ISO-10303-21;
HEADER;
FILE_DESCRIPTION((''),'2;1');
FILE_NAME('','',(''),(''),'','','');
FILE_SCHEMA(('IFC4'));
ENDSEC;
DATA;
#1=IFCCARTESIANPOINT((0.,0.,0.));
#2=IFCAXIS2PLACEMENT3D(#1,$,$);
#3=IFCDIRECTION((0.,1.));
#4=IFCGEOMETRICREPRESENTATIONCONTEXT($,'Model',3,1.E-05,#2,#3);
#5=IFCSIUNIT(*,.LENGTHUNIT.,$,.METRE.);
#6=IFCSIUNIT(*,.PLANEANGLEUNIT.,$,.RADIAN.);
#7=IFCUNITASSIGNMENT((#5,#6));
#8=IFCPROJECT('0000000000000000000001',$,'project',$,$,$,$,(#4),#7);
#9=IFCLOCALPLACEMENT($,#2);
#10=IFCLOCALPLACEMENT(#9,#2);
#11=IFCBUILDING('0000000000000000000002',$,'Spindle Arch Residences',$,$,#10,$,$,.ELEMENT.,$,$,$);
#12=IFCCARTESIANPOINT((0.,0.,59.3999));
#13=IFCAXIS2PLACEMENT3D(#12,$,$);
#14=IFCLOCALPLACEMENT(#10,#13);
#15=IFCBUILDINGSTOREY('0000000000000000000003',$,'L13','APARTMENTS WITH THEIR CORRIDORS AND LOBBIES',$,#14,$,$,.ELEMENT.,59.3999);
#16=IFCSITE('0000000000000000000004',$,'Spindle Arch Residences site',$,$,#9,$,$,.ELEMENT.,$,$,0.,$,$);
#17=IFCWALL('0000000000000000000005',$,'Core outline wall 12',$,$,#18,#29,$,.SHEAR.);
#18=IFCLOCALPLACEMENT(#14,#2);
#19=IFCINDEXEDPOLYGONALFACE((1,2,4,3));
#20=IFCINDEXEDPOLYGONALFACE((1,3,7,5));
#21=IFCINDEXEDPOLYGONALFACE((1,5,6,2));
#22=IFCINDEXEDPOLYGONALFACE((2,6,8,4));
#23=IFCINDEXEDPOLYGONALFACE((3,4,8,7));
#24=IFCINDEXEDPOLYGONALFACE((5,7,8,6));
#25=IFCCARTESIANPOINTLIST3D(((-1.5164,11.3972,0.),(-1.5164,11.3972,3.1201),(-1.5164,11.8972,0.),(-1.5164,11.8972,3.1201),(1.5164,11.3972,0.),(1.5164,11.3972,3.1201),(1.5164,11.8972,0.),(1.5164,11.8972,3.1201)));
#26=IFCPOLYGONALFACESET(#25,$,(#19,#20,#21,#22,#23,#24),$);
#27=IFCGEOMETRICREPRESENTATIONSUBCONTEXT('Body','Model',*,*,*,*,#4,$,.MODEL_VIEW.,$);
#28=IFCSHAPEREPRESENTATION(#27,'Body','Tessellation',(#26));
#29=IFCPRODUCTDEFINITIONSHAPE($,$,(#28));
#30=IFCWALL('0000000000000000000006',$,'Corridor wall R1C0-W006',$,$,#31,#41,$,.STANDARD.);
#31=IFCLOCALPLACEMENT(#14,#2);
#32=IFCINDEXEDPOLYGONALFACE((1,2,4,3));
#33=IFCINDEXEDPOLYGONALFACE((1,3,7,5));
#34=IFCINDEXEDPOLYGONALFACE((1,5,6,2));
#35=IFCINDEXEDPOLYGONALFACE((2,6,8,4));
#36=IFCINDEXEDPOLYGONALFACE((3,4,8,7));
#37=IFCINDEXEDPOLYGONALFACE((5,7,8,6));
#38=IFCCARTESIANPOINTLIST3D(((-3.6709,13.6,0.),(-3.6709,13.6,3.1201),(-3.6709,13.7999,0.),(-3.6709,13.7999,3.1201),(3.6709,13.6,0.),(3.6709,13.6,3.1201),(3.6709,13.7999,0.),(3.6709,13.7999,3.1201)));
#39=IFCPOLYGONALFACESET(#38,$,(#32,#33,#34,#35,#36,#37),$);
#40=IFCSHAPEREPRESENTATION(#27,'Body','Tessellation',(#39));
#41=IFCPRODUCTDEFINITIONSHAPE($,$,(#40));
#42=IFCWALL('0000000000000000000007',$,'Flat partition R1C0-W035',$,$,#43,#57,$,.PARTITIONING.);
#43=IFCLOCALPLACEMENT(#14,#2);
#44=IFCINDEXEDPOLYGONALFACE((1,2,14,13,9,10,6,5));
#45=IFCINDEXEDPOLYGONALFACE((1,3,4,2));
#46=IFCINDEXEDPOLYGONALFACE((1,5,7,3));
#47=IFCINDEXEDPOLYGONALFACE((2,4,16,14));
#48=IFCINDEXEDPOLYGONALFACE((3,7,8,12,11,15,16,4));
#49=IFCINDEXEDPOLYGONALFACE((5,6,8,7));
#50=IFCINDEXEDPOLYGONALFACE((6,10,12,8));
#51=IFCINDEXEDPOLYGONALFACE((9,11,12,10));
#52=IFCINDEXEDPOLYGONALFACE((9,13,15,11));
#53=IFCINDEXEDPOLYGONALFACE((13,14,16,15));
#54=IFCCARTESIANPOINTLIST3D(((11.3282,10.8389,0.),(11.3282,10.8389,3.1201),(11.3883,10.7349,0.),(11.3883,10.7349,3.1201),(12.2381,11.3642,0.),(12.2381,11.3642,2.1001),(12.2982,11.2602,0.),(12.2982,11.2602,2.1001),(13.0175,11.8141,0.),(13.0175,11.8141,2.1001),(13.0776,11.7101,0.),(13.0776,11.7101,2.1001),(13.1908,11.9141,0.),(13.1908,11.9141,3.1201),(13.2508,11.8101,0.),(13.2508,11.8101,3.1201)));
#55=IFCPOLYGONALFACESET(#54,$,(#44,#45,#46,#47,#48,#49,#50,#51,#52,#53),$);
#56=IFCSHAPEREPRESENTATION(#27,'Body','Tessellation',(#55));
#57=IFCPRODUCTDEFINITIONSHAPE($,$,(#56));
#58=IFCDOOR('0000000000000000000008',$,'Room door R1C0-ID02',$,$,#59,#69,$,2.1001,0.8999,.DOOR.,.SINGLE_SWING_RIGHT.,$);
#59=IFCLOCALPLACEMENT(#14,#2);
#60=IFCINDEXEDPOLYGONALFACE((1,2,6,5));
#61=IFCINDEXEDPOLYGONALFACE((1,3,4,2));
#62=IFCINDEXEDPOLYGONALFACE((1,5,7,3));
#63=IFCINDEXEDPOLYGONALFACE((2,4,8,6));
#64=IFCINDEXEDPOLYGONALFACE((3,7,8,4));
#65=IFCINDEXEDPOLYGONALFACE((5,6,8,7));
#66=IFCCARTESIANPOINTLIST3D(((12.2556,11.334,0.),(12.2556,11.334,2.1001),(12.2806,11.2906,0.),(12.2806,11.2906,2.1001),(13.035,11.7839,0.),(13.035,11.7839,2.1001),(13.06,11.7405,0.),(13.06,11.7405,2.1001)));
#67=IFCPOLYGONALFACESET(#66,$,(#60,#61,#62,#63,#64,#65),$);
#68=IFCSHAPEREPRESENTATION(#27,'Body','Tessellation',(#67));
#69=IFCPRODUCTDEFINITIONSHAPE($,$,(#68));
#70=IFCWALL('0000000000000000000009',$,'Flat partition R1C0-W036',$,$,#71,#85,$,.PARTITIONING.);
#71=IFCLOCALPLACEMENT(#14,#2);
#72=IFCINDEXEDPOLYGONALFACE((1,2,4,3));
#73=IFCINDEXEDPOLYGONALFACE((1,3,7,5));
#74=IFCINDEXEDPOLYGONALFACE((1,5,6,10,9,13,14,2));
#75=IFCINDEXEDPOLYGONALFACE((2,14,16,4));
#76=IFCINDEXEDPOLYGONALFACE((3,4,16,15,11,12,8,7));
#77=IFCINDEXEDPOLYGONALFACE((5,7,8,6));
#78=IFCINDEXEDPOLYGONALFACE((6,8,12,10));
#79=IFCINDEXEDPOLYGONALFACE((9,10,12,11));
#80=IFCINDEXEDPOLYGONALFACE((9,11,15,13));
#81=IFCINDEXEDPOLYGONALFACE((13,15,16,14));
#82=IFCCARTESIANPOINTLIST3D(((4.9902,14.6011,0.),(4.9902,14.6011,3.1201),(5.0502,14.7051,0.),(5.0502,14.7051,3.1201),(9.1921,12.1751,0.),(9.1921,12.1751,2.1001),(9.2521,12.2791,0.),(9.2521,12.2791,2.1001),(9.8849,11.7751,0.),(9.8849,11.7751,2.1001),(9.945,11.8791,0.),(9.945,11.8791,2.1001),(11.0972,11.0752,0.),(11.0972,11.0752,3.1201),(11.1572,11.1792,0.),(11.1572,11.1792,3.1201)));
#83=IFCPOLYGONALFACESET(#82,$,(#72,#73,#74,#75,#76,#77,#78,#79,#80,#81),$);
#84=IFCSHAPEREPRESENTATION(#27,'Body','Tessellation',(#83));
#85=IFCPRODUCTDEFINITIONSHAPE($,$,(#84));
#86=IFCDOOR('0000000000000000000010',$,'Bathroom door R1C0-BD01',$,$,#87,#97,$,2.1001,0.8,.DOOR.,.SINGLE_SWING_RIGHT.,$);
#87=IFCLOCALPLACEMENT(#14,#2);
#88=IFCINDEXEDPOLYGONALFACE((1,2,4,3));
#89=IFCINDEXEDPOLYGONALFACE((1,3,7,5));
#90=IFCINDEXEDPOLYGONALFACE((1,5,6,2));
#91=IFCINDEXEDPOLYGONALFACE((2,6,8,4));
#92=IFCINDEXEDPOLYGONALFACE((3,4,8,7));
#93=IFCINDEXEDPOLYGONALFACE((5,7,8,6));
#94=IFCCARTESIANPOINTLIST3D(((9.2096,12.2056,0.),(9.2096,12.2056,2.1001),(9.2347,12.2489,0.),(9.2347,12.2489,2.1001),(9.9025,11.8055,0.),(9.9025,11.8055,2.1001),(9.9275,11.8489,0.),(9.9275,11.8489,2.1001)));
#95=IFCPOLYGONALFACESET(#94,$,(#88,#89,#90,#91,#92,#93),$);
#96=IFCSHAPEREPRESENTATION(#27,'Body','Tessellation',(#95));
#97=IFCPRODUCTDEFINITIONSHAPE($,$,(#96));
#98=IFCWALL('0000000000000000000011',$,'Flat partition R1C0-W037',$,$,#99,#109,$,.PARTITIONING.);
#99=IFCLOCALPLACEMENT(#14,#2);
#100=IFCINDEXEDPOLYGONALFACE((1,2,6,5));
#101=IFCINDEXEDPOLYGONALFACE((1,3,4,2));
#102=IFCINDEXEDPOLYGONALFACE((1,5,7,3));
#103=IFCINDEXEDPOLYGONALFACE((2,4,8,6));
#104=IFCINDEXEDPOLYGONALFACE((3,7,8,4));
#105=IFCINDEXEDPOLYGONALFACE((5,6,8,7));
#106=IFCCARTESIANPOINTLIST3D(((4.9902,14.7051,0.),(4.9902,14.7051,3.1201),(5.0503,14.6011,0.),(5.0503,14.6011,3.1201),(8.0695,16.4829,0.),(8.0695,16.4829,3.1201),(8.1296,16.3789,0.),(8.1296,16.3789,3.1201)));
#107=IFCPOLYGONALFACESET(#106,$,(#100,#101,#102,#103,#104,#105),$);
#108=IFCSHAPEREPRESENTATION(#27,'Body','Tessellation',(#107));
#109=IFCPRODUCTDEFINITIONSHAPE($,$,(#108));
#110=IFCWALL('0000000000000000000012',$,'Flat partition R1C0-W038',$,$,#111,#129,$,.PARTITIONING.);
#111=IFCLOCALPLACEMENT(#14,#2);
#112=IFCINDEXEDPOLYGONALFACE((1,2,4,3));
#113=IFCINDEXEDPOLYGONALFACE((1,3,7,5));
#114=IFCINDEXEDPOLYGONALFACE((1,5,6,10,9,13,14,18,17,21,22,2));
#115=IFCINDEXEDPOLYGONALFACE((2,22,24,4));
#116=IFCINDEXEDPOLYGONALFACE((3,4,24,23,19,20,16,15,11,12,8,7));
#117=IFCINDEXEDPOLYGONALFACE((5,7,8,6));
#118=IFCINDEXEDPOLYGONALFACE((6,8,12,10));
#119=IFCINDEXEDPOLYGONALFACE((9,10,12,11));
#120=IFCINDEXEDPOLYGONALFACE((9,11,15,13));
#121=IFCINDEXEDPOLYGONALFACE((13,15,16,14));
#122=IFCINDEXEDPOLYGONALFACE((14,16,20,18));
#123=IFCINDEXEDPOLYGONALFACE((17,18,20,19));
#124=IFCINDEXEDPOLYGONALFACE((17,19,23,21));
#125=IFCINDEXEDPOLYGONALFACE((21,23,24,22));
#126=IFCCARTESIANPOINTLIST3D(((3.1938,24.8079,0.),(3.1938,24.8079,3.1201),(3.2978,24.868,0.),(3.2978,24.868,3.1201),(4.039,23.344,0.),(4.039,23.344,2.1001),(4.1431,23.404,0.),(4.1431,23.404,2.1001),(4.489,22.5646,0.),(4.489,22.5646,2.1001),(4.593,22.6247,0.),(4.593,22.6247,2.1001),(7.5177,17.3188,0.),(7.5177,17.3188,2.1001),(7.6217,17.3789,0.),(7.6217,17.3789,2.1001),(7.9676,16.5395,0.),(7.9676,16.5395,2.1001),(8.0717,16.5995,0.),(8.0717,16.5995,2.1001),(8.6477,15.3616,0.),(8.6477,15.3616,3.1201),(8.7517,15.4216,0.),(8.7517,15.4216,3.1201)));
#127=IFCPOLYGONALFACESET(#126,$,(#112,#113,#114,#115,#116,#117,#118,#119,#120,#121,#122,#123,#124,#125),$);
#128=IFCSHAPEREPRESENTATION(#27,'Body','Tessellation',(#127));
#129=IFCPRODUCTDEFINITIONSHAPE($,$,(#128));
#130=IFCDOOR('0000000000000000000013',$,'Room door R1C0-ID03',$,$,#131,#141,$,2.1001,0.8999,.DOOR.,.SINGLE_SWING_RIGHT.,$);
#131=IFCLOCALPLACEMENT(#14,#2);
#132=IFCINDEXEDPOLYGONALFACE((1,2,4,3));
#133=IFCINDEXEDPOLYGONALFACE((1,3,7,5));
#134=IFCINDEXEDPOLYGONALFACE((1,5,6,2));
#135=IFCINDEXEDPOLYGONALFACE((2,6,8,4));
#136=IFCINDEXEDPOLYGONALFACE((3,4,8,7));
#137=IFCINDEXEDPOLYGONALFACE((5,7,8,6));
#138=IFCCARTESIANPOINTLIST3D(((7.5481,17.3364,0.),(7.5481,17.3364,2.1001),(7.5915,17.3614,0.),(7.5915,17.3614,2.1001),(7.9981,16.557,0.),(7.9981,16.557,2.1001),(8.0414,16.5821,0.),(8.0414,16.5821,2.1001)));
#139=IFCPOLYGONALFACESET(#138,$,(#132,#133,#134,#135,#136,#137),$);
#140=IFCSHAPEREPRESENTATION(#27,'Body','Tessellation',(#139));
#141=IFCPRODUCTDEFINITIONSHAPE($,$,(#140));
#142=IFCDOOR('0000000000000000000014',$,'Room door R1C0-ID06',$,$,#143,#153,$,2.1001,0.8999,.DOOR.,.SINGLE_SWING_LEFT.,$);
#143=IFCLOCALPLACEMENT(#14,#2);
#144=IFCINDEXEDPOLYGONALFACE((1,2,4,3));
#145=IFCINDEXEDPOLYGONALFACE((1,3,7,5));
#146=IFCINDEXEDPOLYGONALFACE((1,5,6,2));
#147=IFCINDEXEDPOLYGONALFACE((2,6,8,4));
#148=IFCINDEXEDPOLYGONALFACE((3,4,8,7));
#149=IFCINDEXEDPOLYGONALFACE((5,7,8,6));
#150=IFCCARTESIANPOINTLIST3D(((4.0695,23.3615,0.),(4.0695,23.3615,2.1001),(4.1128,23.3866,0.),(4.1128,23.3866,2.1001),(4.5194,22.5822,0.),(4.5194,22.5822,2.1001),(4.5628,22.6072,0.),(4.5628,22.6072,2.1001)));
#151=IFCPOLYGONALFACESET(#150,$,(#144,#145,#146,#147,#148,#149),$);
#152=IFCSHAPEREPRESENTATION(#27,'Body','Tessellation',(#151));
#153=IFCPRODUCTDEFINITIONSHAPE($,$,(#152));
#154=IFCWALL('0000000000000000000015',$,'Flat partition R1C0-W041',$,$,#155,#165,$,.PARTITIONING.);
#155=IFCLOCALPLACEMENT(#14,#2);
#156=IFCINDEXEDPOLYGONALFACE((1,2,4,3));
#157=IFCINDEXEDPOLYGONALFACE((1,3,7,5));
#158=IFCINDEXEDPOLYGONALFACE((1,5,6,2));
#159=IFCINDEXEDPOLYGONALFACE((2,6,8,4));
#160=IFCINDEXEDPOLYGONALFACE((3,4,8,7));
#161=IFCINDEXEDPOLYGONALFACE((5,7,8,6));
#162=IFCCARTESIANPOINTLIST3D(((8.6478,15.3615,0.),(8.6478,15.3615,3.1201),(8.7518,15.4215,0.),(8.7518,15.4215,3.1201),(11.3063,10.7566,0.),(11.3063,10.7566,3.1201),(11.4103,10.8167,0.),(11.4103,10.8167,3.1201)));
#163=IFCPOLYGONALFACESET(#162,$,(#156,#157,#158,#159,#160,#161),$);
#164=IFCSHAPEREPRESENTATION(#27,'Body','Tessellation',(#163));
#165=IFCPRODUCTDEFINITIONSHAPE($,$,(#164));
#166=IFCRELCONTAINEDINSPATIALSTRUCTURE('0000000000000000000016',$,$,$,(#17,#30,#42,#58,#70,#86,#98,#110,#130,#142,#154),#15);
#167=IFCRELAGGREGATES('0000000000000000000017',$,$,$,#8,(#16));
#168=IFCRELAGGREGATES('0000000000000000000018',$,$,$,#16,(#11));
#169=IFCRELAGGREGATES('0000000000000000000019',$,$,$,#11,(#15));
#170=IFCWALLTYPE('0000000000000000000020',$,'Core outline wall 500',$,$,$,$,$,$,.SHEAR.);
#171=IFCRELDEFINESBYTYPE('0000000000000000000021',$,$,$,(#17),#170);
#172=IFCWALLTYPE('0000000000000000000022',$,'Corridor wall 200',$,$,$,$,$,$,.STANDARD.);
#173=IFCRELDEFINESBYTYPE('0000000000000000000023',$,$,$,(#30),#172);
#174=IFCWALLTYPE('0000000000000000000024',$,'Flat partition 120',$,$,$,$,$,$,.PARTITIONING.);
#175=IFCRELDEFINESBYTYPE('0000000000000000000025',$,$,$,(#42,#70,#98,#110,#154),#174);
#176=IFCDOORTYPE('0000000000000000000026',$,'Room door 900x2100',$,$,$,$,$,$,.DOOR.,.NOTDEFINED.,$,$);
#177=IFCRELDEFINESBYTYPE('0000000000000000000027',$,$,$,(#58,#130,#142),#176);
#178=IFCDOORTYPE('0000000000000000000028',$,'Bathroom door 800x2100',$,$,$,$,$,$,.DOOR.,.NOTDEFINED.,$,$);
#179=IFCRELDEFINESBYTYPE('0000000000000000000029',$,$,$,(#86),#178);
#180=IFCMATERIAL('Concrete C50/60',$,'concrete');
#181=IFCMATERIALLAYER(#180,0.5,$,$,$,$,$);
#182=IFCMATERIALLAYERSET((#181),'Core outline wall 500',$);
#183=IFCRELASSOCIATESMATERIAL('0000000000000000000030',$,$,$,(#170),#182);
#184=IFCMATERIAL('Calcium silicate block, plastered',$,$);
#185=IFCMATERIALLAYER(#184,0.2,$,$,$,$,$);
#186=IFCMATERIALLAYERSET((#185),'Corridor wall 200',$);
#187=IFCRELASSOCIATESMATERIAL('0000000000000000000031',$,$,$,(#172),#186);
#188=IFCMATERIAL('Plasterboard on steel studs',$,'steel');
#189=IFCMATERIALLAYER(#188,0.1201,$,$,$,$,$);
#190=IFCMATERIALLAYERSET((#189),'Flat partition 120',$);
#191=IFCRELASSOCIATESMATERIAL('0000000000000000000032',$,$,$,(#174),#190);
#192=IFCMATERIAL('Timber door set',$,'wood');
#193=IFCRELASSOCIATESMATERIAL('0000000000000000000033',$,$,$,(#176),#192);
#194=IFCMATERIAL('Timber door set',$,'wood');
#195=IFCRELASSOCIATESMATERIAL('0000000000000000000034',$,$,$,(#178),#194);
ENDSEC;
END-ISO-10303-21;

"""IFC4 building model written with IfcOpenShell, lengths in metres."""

from ifc_helpers import new_model, si_unit, direction, frame, frame_2d, origin, place, context, subcontext, project, spatial, rectangle, extrude, material, layer, layer_set, type_object, element, fill, save


model = new_model("IFC4")

# Units and contexts
model_context = context("Model", 3, precision=1e-05, world=origin(), true_north=direction((0.0, 1.0)))
body_context = subcontext(model_context, "Body", "Model", "MODEL_VIEW")
ifc_project = project(units=[si_unit("LENGTHUNIT", "METRE"), si_unit("PLANEANGLEUNIT", "RADIAN")], contexts=[model_context])

# Site, building, storey
site_placement = place(None, origin())
site = spatial("IfcSite", under=ifc_project, at=site_placement, Name="Spindle Arch Residences site", CompositionType="ELEMENT", RefElevation=0.0)
building_placement = place(site_placement, origin())
building = spatial("IfcBuilding", under=site, at=building_placement, Name="Spindle Arch Residences", CompositionType="ELEMENT")
storey_placement = place(building_placement, frame((0.0, 0.0, 59.3999)))
storey = spatial("IfcBuildingStorey", under=building, at=storey_placement, Name="L13", Description="APARTMENTS WITH THEIR CORRIDORS AND LOBBIES", CompositionType="ELEMENT", Elevation=59.3999)

# Walls
ifc_material_1 = material(Name="Concrete C50/60", Category="concrete")
ifc_layer_1 = layer(ifc_material_1, 0.5)
ifc_layer_set_1 = layer_set([ifc_layer_1], Name="Core outline wall 500")
wall_type_1 = type_object("IfcWallType", Name="Core outline wall 500", PredefinedType="SHEAR", material=ifc_layer_set_1)
wall_1_placement = place(storey_placement, frame((1.5164, 11.6472, 0.0), z_axis=(0.0, 0.0, 1.0), x_axis=(-1.0, 0.0, 0.0)))
element("IfcWall", 1, at=wall_1_placement, inside=storey, type_object=wall_type_1, Name="Core outline wall 12", PredefinedType="SHEAR", context=body_context, shape_type="SweptSolid", body=[
    extrude(rectangle(XDim=3.0327, YDim=0.5, at=frame_2d((1.5164, 0.0))), origin(), (0.0, 0.0, 1.0), 3.1201),
])
ifc_material_2 = material(Name="Calcium silicate block, plastered")
ifc_layer_2 = layer(ifc_material_2, 0.2)
ifc_layer_set_2 = layer_set([ifc_layer_2], Name="Corridor wall 200")
wall_type_2 = type_object("IfcWallType", Name="Corridor wall 200", PredefinedType="STANDARD", material=ifc_layer_set_2)
wall_2_placement = place(storey_placement, frame((3.6709, 13.7, 0.0), z_axis=(0.0, 0.0, 1.0), x_axis=(-1.0, 0.0, 0.0)))
element("IfcWall", 2, at=wall_2_placement, inside=storey, type_object=wall_type_2, Name="Corridor wall R1C0-W006", PredefinedType="STANDARD", context=body_context, shape_type="SweptSolid", body=[
    extrude(rectangle(XDim=7.3418, YDim=0.2, at=frame_2d((3.6709, 0.0))), origin(), (0.0, 0.0, 1.0), 3.1201),
])

# Walls, openings, doors
ifc_material_3 = material(Name="Plasterboard on steel studs", Category="steel")
ifc_layer_3 = layer(ifc_material_3, 0.1201)
ifc_layer_set_3 = layer_set([ifc_layer_3], Name="Flat partition 120")
wall_type_3 = type_object("IfcWallType", Name="Flat partition 120", PredefinedType="PARTITIONING", material=ifc_layer_set_3)
wall_3_placement = place(storey_placement, frame((13.2207, 11.8621, 0.0), z_axis=(0.0, 0.0, 1.0), x_axis=(-0.866055, -0.499948, 0.0)))
wall_3 = element("IfcWall", 3, at=wall_3_placement, inside=storey, type_object=wall_type_3, Name="Flat partition R1C0-W035", PredefinedType="PARTITIONING", context=body_context, shape_type="SweptSolid", body=[
    extrude(rectangle(XDim=2.1506, YDim=0.1201, at=frame_2d((1.0752, 0.0))), origin(), (0.0, 0.0, 1.0), 3.1201),
])
opening_1_placement = place(wall_3_placement, frame((0.2, 0.0, 0.0)))
opening_1 = element("IfcOpeningElement", 4, at=opening_1_placement, cuts=wall_3, PredefinedType="OPENING", context=body_context, shape_type="SweptSolid", body=[
    extrude(rectangle(XDim=0.8999, YDim=2.1001, at=frame_2d((0.45, 1.05))), frame((0.0, 0.0701, 0.0), z_axis=(0.0, -1.0, 0.0), x_axis=(1.0, 0.0, 0.0)), (0.0, 0.0, 1.0), 0.1401),
])
ifc_material_4 = material(Name="Timber door set", Category="wood")
door_type_1 = type_object("IfcDoorType", Name="Room door 900x2100", OperationType="NOTDEFINED", PredefinedType="DOOR", material=ifc_material_4)
door_1_placement = place(opening_1_placement, origin())
door_1 = element("IfcDoor", 5, at=door_1_placement, inside=storey, type_object=door_type_1, Name="Room door R1C0-ID02", OperationType="SINGLE_SWING_RIGHT", OverallHeight=2.1001, OverallWidth=0.8999, PredefinedType="DOOR", context=body_context, shape_type="SweptSolid", body=[
    extrude(rectangle(XDim=0.8999, YDim=2.1001, at=frame_2d((0.45, 1.05))), frame((0.0, 0.0249, 0.0), z_axis=(0.0, -1.0, 0.0), x_axis=(1.0, 0.0, 0.0)), (0.0, 0.0, 1.0), 0.05),
])
fill(opening_1, door_1)
wall_4_placement = place(storey_placement, frame((11.1272, 11.1272, 0.0), z_axis=(0.0, 0.0, 1.0), x_axis=(-0.866023, 0.500004, 0.0)))
wall_4 = element("IfcWall", 6, at=wall_4_placement, inside=storey, type_object=wall_type_3, Name="Flat partition R1C0-W036", PredefinedType="PARTITIONING", context=body_context, shape_type="SweptSolid", body=[
    extrude(rectangle(XDim=7.0518, YDim=0.1201, at=frame_2d((3.5259, 0.0))), origin(), (0.0, 0.0, 1.0), 3.1201),
])
opening_2_placement = place(wall_4_placement, frame((1.3999, 0.0, 0.0)))
opening_2 = element("IfcOpeningElement", 7, at=opening_2_placement, cuts=wall_4, PredefinedType="OPENING", context=body_context, shape_type="SweptSolid", body=[
    extrude(rectangle(XDim=0.8, YDim=2.1001, at=frame_2d((0.3999, 1.05))), frame((0.0, 0.0701, 0.0), z_axis=(0.0, -1.0, 0.0), x_axis=(1.0, 0.0, 0.0)), (0.0, 0.0, 1.0), 0.1401),
])
ifc_material_5 = material(Name="Timber door set", Category="wood")
door_type_2 = type_object("IfcDoorType", Name="Bathroom door 800x2100", OperationType="NOTDEFINED", PredefinedType="DOOR", material=ifc_material_5)
door_2_placement = place(opening_2_placement, origin())
door_2 = element("IfcDoor", 8, at=door_2_placement, inside=storey, type_object=door_type_2, Name="Bathroom door R1C0-BD01", OperationType="SINGLE_SWING_RIGHT", OverallHeight=2.1001, OverallWidth=0.8, PredefinedType="DOOR", context=body_context, shape_type="SweptSolid", body=[
    extrude(rectangle(XDim=0.8, YDim=2.1001, at=frame_2d((0.3999, 1.05))), frame((0.0, 0.0249, 0.0), z_axis=(0.0, -1.0, 0.0), x_axis=(1.0, 0.0, 0.0)), (0.0, 0.0, 1.0), 0.05),
])
fill(opening_2, door_2)

# Wall
wall_5_placement = place(storey_placement, frame((5.0203, 14.6531, 0.0), z_axis=(0.0, 0.0, 1.0), x_axis=(0.866029, 0.499994, 0.0)))
element("IfcWall", 9, at=wall_5_placement, inside=storey, type_object=wall_type_3, Name="Flat partition R1C0-W037", PredefinedType="PARTITIONING", context=body_context, shape_type="SweptSolid", body=[
    extrude(rectangle(XDim=3.5557, YDim=0.1201, at=frame_2d((1.7778, 0.0))), origin(), (0.0, 0.0, 1.0), 3.1201),
])

# Wall, openings, doors
wall_6_placement = place(storey_placement, frame((8.6997, 15.3916, 0.0), z_axis=(0.0, 0.0, 1.0), x_axis=(-0.500003, 0.866024, 0.0)))
wall_6 = element("IfcWall", 10, at=wall_6_placement, inside=storey, type_object=wall_type_3, Name="Flat partition R1C0-W038", PredefinedType="PARTITIONING", context=body_context, shape_type="SweptSolid", body=[
    extrude(rectangle(XDim=10.9077, YDim=0.1201, at=frame_2d((5.4539, 0.0))), origin(), (0.0, 0.0, 1.0), 3.1201),
])
opening_3_placement = place(wall_6_placement, frame((1.3601, 0.0, 0.0)))
opening_3 = element("IfcOpeningElement", 11, at=opening_3_placement, cuts=wall_6, PredefinedType="OPENING", context=body_context, shape_type="SweptSolid", body=[
    extrude(rectangle(XDim=0.8999, YDim=2.1001, at=frame_2d((0.45, 1.05))), frame((0.0, 0.0701, 0.0), z_axis=(0.0, -1.0, 0.0), x_axis=(1.0, 0.0, 0.0)), (0.0, 0.0, 1.0), 0.1401),
])
opening_4_placement = place(wall_6_placement, frame((8.3174, 0.0, 0.0)))
opening_4 = element("IfcOpeningElement", 12, at=opening_4_placement, cuts=wall_6, PredefinedType="OPENING", context=body_context, shape_type="SweptSolid", body=[
    extrude(rectangle(XDim=0.8999, YDim=2.1001, at=frame_2d((0.45, 1.05))), frame((0.0, 0.0701, 0.0), z_axis=(0.0, -1.0, 0.0), x_axis=(1.0, 0.0, 0.0)), (0.0, 0.0, 1.0), 0.1401),
])
door_3_placement = place(opening_3_placement, origin())
door_3 = element("IfcDoor", 13, at=door_3_placement, inside=storey, type_object=door_type_1, Name="Room door R1C0-ID03", OperationType="SINGLE_SWING_RIGHT", OverallHeight=2.1001, OverallWidth=0.8999, PredefinedType="DOOR", context=body_context, shape_type="SweptSolid", body=[
    extrude(rectangle(XDim=0.8999, YDim=2.1001, at=frame_2d((0.45, 1.05))), frame((0.0, 0.0249, 0.0), z_axis=(0.0, -1.0, 0.0), x_axis=(1.0, 0.0, 0.0)), (0.0, 0.0, 1.0), 0.05),
])
fill(opening_3, door_3)
door_4_placement = place(opening_4_placement, origin())
door_4 = element("IfcDoor", 14, at=door_4_placement, inside=storey, type_object=door_type_1, Name="Room door R1C0-ID06", OperationType="SINGLE_SWING_LEFT", OverallHeight=2.1001, OverallWidth=0.8999, PredefinedType="DOOR", context=body_context, shape_type="SweptSolid", body=[
    extrude(rectangle(XDim=0.8999, YDim=2.1001, at=frame_2d((0.45, 1.05))), frame((0.0, 0.0249, 0.0), z_axis=(0.0, -1.0, 0.0), x_axis=(1.0, 0.0, 0.0)), (0.0, 0.0, 1.0), 0.05),
])
fill(opening_4, door_4)

# Wall
wall_7_placement = place(storey_placement, frame((8.6997, 15.3916, 0.0), z_axis=(0.0, 0.0, 1.0), x_axis=(0.499986, -0.866033, 0.0)))
element("IfcWall", 15, at=wall_7_placement, inside=storey, type_object=wall_type_3, Name="Flat partition R1C0-W041", PredefinedType="PARTITIONING", context=body_context, shape_type="SweptSolid", body=[
    extrude(rectangle(XDim=5.3171, YDim=0.1201, at=frame_2d((2.6587, 0.0))), origin(), (0.0, 0.0, 1.0), 3.1201),
])

save(model, "model.ifc")
